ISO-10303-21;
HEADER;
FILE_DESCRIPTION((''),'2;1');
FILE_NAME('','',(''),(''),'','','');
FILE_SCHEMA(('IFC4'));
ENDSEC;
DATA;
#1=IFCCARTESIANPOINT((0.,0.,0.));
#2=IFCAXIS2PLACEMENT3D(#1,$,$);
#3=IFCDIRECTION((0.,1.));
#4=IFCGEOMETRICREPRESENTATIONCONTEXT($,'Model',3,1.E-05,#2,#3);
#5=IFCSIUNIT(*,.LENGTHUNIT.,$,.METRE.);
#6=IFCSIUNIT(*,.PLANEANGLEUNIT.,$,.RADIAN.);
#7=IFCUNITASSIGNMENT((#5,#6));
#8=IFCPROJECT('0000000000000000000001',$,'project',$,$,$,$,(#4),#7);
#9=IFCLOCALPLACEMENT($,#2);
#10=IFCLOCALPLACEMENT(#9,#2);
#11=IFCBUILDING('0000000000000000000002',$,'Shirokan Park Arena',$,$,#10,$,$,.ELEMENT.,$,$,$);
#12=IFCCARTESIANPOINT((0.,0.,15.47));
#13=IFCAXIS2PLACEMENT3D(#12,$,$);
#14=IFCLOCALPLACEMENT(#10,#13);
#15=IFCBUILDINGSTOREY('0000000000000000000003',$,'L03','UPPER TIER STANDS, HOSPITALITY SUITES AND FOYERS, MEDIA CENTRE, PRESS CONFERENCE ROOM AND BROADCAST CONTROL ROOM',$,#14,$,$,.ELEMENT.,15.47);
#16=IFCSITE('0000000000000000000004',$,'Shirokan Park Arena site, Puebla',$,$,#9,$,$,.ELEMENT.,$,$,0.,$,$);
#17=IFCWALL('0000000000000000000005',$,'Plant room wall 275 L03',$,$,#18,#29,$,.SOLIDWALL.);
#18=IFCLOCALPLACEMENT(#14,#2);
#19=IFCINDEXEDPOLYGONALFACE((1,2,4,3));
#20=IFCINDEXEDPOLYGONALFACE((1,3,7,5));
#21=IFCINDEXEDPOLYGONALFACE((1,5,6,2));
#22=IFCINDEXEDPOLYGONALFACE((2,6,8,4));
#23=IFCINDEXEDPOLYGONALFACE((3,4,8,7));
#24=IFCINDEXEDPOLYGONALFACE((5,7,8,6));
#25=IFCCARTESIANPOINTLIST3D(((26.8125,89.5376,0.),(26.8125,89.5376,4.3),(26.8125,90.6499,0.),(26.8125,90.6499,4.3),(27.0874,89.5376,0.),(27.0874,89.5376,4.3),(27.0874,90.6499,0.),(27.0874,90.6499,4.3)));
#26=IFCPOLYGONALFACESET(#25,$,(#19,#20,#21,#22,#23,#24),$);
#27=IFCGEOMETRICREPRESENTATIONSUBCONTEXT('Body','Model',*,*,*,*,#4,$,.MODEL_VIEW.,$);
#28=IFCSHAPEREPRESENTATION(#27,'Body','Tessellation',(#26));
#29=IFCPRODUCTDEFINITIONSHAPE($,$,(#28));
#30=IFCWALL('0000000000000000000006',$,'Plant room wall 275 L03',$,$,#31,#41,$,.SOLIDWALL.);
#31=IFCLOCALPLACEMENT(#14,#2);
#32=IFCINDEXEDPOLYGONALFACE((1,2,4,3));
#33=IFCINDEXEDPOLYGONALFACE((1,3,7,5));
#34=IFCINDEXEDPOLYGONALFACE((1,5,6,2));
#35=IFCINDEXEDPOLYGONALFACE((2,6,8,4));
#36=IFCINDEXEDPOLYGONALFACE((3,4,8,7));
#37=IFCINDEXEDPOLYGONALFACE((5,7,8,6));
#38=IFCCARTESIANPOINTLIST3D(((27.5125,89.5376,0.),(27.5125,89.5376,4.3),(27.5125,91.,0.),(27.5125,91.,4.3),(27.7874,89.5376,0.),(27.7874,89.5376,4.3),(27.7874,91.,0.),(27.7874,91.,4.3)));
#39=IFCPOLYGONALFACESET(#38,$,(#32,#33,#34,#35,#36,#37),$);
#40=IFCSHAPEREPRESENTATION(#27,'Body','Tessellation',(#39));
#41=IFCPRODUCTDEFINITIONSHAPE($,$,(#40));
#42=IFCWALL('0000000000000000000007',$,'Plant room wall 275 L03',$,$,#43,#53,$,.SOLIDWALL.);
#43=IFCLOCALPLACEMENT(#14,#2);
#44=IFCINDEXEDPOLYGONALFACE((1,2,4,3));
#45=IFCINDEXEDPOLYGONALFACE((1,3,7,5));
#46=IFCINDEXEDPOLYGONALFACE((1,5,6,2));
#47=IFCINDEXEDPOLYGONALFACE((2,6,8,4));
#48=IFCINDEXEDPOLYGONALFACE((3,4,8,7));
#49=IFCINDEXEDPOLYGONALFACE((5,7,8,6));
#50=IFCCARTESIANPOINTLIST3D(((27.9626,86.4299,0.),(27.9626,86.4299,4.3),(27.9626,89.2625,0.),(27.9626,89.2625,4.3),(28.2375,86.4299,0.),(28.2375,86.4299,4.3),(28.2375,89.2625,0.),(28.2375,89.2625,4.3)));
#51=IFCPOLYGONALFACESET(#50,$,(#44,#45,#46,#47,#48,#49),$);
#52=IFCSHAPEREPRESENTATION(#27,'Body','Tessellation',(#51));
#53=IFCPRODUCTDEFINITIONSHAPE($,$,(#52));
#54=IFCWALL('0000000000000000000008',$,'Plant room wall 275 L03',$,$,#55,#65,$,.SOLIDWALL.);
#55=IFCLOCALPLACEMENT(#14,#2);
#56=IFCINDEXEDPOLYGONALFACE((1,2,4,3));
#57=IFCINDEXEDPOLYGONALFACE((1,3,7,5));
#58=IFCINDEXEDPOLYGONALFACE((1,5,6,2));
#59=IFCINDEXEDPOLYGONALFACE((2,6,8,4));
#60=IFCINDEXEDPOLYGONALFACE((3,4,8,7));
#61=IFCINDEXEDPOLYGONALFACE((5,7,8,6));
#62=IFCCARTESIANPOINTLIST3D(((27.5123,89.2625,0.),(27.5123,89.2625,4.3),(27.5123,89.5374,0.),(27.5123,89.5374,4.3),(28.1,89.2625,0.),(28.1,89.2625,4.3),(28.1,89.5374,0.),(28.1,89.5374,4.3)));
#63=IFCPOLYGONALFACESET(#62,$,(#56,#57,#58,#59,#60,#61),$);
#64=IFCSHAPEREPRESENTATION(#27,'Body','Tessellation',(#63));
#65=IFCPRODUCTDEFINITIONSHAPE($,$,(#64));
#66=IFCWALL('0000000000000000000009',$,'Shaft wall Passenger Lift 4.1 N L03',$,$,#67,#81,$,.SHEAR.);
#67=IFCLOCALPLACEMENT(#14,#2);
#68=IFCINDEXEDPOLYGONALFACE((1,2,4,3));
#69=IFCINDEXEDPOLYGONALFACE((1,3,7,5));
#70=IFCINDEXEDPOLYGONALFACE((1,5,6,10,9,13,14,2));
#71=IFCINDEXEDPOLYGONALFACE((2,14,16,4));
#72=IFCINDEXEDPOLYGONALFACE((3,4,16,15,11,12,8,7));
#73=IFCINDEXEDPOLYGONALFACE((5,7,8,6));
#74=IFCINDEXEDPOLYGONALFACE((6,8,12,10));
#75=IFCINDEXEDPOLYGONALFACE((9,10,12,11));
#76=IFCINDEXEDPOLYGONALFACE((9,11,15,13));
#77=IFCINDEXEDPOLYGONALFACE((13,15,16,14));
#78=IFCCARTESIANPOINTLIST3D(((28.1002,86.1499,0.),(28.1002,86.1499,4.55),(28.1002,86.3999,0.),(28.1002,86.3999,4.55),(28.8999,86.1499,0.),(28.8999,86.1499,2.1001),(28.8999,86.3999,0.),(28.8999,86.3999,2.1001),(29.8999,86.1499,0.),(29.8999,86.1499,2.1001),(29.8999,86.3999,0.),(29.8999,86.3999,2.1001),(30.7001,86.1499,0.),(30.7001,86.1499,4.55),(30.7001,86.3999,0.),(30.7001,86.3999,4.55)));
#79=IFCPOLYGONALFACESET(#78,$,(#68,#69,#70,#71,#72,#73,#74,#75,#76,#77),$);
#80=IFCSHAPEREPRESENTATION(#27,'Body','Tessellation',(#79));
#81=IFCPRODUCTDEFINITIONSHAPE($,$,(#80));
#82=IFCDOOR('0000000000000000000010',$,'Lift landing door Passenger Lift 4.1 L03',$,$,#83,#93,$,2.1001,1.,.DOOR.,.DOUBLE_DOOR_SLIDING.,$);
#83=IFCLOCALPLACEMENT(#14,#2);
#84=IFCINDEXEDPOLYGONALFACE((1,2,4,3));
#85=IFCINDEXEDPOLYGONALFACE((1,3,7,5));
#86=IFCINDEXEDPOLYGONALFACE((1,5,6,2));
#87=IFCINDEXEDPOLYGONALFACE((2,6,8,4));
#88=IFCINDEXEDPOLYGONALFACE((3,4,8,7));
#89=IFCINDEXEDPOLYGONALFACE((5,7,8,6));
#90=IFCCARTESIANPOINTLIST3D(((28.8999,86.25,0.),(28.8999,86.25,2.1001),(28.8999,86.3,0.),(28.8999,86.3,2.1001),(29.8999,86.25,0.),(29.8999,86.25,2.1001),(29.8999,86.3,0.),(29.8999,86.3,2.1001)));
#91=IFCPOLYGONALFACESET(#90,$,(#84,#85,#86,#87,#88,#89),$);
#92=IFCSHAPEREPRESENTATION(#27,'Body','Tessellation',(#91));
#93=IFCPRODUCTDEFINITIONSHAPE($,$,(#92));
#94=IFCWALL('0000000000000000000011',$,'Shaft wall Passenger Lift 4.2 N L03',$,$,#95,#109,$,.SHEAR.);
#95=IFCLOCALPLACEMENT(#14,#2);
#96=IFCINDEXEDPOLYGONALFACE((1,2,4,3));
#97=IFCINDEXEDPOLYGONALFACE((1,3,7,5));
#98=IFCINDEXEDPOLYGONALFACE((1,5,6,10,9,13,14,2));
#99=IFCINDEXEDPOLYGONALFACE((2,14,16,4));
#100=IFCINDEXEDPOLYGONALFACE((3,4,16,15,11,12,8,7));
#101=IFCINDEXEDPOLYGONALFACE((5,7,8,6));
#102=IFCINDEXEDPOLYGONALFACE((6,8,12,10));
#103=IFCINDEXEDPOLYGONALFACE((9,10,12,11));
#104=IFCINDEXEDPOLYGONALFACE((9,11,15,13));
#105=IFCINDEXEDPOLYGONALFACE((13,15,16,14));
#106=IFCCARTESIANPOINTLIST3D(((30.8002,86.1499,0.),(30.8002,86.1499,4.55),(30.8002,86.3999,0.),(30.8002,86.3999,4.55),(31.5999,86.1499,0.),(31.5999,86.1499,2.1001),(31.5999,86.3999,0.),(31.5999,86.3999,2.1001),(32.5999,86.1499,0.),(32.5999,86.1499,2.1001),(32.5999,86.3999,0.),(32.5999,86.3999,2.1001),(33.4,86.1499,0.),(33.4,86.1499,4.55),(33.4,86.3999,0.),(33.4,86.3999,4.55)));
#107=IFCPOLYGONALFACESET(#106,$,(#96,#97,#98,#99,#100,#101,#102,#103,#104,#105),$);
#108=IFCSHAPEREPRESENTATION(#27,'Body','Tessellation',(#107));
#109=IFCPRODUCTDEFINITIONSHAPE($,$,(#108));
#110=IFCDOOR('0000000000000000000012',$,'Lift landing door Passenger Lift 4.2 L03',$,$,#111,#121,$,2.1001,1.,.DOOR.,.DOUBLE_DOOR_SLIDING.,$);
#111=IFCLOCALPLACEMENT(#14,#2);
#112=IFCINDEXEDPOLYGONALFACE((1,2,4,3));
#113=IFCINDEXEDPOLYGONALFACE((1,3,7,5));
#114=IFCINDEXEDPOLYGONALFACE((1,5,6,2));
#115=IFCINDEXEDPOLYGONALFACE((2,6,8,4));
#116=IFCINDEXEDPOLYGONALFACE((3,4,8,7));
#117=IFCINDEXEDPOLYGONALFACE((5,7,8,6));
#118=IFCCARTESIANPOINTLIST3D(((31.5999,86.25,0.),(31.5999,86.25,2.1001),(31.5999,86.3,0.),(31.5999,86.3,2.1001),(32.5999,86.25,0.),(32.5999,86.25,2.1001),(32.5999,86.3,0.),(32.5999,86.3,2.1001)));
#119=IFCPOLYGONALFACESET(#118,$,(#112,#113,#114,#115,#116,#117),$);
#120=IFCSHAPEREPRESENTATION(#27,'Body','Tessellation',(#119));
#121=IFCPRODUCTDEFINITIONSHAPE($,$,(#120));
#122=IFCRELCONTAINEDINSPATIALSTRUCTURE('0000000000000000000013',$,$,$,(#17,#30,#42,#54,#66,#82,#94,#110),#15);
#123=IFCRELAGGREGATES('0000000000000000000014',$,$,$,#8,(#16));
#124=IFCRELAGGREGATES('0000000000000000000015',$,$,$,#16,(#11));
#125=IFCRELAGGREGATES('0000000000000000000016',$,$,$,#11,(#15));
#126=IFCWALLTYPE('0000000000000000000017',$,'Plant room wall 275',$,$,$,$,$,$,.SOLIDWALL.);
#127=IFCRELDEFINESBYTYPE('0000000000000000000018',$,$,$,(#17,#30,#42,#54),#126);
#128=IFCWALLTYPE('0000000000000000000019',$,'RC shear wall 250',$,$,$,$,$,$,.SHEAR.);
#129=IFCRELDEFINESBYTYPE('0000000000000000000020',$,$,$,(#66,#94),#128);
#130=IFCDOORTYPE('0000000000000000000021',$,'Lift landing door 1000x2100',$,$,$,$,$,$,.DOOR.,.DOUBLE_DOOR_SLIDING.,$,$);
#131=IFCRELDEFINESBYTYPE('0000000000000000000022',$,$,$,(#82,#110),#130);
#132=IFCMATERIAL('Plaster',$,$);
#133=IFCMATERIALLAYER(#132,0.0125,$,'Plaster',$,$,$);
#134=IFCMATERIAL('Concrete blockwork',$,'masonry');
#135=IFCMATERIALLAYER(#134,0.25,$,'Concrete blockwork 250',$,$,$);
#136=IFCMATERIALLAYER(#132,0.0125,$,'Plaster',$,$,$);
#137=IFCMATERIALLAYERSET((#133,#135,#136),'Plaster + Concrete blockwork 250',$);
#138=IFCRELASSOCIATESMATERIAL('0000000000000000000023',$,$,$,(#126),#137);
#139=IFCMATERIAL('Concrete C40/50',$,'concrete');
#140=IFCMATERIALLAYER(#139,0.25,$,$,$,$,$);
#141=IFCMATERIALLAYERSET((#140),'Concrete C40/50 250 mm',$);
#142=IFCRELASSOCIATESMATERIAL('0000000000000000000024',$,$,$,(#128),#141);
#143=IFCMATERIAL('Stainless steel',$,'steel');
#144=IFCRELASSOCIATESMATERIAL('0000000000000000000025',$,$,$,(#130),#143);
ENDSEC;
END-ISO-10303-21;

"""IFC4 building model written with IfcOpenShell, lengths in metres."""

from ifc_helpers import new_model, si_unit, direction, frame, frame_2d, origin, place, context, subcontext, project, spatial, rectangle, extrude, material, layer, layer_set, type_object, element, fill, save


model = new_model("IFC4")

# Units and contexts
model_context = context("Model", 3, precision=1e-05, world=origin(), true_north=direction((0.0, 1.0)))
body_context = subcontext(model_context, "Body", "Model", "MODEL_VIEW")
ifc_project = project(units=[si_unit("LENGTHUNIT", "METRE"), si_unit("PLANEANGLEUNIT", "RADIAN")], contexts=[model_context])

# Site, building, storey
site_placement = place(None, origin())
site = spatial("IfcSite", under=ifc_project, at=site_placement, Name="Shirokan Park Arena site, Puebla", CompositionType="ELEMENT", RefElevation=0.0)
building_placement = place(site_placement, origin())
building = spatial("IfcBuilding", under=site, at=building_placement, Name="Shirokan Park Arena", CompositionType="ELEMENT")
storey_placement = place(building_placement, frame((0.0, 0.0, 15.47)))
storey = spatial("IfcBuildingStorey", under=building, at=storey_placement, Name="L03", Description="UPPER TIER STANDS, HOSPITALITY SUITES AND FOYERS, MEDIA CENTRE, PRESS CONFERENCE ROOM AND BROADCAST CONTROL ROOM", CompositionType="ELEMENT", Elevation=15.47)

# Shared definitions
ifc_material_1 = material(Name="Plaster")
ifc_material_2 = material(Name="Concrete blockwork", Category="masonry")

# Wall
ifc_layer_1 = layer(ifc_material_1, 0.0125, Name="Plaster")
ifc_layer_2 = layer(ifc_material_2, 0.25, Name="Concrete blockwork 250")
ifc_layer_3 = layer(ifc_material_1, 0.0125, Name="Plaster")
ifc_layer_set_1 = layer_set([ifc_layer_1, ifc_layer_2, ifc_layer_3], Name="Plaster + Concrete blockwork 250")
wall_type_1 = type_object("IfcWallType", Name="Plant room wall 275", PredefinedType="SOLIDWALL", material=ifc_layer_set_1)
wall_1_placement = place(storey_placement, frame((26.95, 90.6499, 0.0), z_axis=(0.0, 0.0, 1.0), x_axis=(0.0, -1.0, 0.0)))
element("IfcWall", 1, at=wall_1_placement, inside=storey, type_object=wall_type_1, Name="Plant room wall 275 L03", PredefinedType="SOLIDWALL", context=body_context, shape_type="SweptSolid", body=[
    extrude(rectangle(XDim=1.1123, YDim=0.2749, at=frame_2d((0.5562, 0.0))), origin(), (0.0, 0.0, 1.0), 4.3),
])

# Walls
wall_2_placement = place(storey_placement, frame((27.6499, 89.5376, 0.0), z_axis=(0.0, 0.0, 1.0), x_axis=(0.0, 1.0, 0.0)))
element("IfcWall", 2, at=wall_2_placement, inside=storey, type_object=wall_type_1, Name="Plant room wall 275 L03", PredefinedType="SOLIDWALL", context=body_context, shape_type="SweptSolid", body=[
    extrude(rectangle(XDim=1.4624, YDim=0.2749, at=frame_2d((0.7312, 0.0))), origin(), (0.0, 0.0, 1.0), 4.3),
])
wall_3_placement = place(storey_placement, frame((28.1001, 89.2625, 0.0), z_axis=(0.0, 0.0, 1.0), x_axis=(0.0, -1.0, 0.0)))
element("IfcWall", 3, at=wall_3_placement, inside=storey, type_object=wall_type_1, Name="Plant room wall 275 L03", PredefinedType="SOLIDWALL", context=body_context, shape_type="SweptSolid", body=[
    extrude(rectangle(XDim=2.8325, YDim=0.2749, at=frame_2d((1.4163, 0.0))), origin(), (0.0, 0.0, 1.0), 4.3),
])
wall_4_placement = place(storey_placement, frame((28.1001, 89.3999, 0.0), z_axis=(0.0, 0.0, 1.0), x_axis=(-1.0, 0.0, 0.0)))
element("IfcWall", 4, at=wall_4_placement, inside=storey, type_object=wall_type_1, Name="Plant room wall 275 L03", PredefinedType="SOLIDWALL", context=body_context, shape_type="SweptSolid", body=[
    extrude(rectangle(XDim=0.5876, YDim=0.2749, at=frame_2d((0.2939, 0.0))), origin(), (0.0, 0.0, 1.0), 4.3),
])

# Walls, openings, doors
ifc_material_3 = material(Name="Concrete C40/50", Category="concrete")
ifc_layer_4 = layer(ifc_material_3, 0.25)
ifc_layer_set_2 = layer_set([ifc_layer_4], Name="Concrete C40/50 250 mm")
wall_type_2 = type_object("IfcWallType", Name="RC shear wall 250", PredefinedType="SHEAR", material=ifc_layer_set_2)
wall_5_placement = place(storey_placement, frame((30.7, 86.2749, 0.0), z_axis=(0.0, 0.0, 1.0), x_axis=(-1.0, 0.0, 0.0)))
wall_5 = element("IfcWall", 5, at=wall_5_placement, inside=storey, type_object=wall_type_2, Name="Shaft wall Passenger Lift 4.1 N L03", PredefinedType="SHEAR", context=body_context, shape_type="SweptSolid", body=[
    extrude(rectangle(XDim=2.5999, YDim=0.25, at=frame_2d((1.2998, 0.0))), origin(), (0.0, 0.0, 1.0), 4.55),
])
opening_1_placement = place(wall_5_placement, frame((0.8, 0.0, 0.0)))
opening_1 = element("IfcOpeningElement", 6, at=opening_1_placement, cuts=wall_5, PredefinedType="OPENING", context=body_context, shape_type="SweptSolid", body=[
    extrude(rectangle(XDim=1.0, YDim=2.1001, at=frame_2d((0.5, 1.05))), frame((0.0, 0.135, 0.0), z_axis=(0.0, -1.0, 0.0), x_axis=(1.0, 0.0, 0.0)), (0.0, 0.0, 1.0), 0.27),
])
ifc_material_4 = material(Name="Stainless steel", Category="steel")
door_type_1 = type_object("IfcDoorType", Name="Lift landing door 1000x2100", OperationType="DOUBLE_DOOR_SLIDING", PredefinedType="DOOR", material=ifc_material_4)
door_1_placement = place(opening_1_placement, origin())
door_1 = element("IfcDoor", 7, at=door_1_placement, inside=storey, type_object=door_type_1, Name="Lift landing door Passenger Lift 4.1 L03", OperationType="DOUBLE_DOOR_SLIDING", OverallHeight=2.1001, OverallWidth=1.0, PredefinedType="DOOR", context=body_context, shape_type="SweptSolid", body=[
    extrude(rectangle(XDim=1.0, YDim=2.1001, at=frame_2d((0.5, 1.05))), frame((0.0, 0.0249, 0.0), z_axis=(0.0, -1.0, 0.0), x_axis=(1.0, 0.0, 0.0)), (0.0, 0.0, 1.0), 0.05),
])
fill(opening_1, door_1)
wall_6_placement = place(storey_placement, frame((33.3999, 86.2749, 0.0), z_axis=(0.0, 0.0, 1.0), x_axis=(-1.0, 0.0, 0.0)))
wall_6 = element("IfcWall", 8, at=wall_6_placement, inside=storey, type_object=wall_type_2, Name="Shaft wall Passenger Lift 4.2 N L03", PredefinedType="SHEAR", context=body_context, shape_type="SweptSolid", body=[
    extrude(rectangle(XDim=2.5999, YDim=0.25, at=frame_2d((1.2998, 0.0))), origin(), (0.0, 0.0, 1.0), 4.55),
])
opening_2_placement = place(wall_6_placement, frame((0.8, 0.0, 0.0)))
opening_2 = element("IfcOpeningElement", 9, at=opening_2_placement, cuts=wall_6, PredefinedType="OPENING", context=body_context, shape_type="SweptSolid", body=[
    extrude(rectangle(XDim=1.0, YDim=2.1001, at=frame_2d((0.5, 1.05))), frame((0.0, 0.135, 0.0), z_axis=(0.0, -1.0, 0.0), x_axis=(1.0, 0.0, 0.0)), (0.0, 0.0, 1.0), 0.27),
])
door_2_placement = place(opening_2_placement, origin())
door_2 = element("IfcDoor", 10, at=door_2_placement, inside=storey, type_object=door_type_1, Name="Lift landing door Passenger Lift 4.2 L03", OperationType="DOUBLE_DOOR_SLIDING", OverallHeight=2.1001, OverallWidth=1.0, PredefinedType="DOOR", context=body_context, shape_type="SweptSolid", body=[
    extrude(rectangle(XDim=1.0, YDim=2.1001, at=frame_2d((0.5, 1.05))), frame((0.0, 0.0249, 0.0), z_axis=(0.0, -1.0, 0.0), x_axis=(1.0, 0.0, 0.0)), (0.0, 0.0, 1.0), 0.05),
])
fill(opening_2, door_2)

save(model, "model.ifc")
